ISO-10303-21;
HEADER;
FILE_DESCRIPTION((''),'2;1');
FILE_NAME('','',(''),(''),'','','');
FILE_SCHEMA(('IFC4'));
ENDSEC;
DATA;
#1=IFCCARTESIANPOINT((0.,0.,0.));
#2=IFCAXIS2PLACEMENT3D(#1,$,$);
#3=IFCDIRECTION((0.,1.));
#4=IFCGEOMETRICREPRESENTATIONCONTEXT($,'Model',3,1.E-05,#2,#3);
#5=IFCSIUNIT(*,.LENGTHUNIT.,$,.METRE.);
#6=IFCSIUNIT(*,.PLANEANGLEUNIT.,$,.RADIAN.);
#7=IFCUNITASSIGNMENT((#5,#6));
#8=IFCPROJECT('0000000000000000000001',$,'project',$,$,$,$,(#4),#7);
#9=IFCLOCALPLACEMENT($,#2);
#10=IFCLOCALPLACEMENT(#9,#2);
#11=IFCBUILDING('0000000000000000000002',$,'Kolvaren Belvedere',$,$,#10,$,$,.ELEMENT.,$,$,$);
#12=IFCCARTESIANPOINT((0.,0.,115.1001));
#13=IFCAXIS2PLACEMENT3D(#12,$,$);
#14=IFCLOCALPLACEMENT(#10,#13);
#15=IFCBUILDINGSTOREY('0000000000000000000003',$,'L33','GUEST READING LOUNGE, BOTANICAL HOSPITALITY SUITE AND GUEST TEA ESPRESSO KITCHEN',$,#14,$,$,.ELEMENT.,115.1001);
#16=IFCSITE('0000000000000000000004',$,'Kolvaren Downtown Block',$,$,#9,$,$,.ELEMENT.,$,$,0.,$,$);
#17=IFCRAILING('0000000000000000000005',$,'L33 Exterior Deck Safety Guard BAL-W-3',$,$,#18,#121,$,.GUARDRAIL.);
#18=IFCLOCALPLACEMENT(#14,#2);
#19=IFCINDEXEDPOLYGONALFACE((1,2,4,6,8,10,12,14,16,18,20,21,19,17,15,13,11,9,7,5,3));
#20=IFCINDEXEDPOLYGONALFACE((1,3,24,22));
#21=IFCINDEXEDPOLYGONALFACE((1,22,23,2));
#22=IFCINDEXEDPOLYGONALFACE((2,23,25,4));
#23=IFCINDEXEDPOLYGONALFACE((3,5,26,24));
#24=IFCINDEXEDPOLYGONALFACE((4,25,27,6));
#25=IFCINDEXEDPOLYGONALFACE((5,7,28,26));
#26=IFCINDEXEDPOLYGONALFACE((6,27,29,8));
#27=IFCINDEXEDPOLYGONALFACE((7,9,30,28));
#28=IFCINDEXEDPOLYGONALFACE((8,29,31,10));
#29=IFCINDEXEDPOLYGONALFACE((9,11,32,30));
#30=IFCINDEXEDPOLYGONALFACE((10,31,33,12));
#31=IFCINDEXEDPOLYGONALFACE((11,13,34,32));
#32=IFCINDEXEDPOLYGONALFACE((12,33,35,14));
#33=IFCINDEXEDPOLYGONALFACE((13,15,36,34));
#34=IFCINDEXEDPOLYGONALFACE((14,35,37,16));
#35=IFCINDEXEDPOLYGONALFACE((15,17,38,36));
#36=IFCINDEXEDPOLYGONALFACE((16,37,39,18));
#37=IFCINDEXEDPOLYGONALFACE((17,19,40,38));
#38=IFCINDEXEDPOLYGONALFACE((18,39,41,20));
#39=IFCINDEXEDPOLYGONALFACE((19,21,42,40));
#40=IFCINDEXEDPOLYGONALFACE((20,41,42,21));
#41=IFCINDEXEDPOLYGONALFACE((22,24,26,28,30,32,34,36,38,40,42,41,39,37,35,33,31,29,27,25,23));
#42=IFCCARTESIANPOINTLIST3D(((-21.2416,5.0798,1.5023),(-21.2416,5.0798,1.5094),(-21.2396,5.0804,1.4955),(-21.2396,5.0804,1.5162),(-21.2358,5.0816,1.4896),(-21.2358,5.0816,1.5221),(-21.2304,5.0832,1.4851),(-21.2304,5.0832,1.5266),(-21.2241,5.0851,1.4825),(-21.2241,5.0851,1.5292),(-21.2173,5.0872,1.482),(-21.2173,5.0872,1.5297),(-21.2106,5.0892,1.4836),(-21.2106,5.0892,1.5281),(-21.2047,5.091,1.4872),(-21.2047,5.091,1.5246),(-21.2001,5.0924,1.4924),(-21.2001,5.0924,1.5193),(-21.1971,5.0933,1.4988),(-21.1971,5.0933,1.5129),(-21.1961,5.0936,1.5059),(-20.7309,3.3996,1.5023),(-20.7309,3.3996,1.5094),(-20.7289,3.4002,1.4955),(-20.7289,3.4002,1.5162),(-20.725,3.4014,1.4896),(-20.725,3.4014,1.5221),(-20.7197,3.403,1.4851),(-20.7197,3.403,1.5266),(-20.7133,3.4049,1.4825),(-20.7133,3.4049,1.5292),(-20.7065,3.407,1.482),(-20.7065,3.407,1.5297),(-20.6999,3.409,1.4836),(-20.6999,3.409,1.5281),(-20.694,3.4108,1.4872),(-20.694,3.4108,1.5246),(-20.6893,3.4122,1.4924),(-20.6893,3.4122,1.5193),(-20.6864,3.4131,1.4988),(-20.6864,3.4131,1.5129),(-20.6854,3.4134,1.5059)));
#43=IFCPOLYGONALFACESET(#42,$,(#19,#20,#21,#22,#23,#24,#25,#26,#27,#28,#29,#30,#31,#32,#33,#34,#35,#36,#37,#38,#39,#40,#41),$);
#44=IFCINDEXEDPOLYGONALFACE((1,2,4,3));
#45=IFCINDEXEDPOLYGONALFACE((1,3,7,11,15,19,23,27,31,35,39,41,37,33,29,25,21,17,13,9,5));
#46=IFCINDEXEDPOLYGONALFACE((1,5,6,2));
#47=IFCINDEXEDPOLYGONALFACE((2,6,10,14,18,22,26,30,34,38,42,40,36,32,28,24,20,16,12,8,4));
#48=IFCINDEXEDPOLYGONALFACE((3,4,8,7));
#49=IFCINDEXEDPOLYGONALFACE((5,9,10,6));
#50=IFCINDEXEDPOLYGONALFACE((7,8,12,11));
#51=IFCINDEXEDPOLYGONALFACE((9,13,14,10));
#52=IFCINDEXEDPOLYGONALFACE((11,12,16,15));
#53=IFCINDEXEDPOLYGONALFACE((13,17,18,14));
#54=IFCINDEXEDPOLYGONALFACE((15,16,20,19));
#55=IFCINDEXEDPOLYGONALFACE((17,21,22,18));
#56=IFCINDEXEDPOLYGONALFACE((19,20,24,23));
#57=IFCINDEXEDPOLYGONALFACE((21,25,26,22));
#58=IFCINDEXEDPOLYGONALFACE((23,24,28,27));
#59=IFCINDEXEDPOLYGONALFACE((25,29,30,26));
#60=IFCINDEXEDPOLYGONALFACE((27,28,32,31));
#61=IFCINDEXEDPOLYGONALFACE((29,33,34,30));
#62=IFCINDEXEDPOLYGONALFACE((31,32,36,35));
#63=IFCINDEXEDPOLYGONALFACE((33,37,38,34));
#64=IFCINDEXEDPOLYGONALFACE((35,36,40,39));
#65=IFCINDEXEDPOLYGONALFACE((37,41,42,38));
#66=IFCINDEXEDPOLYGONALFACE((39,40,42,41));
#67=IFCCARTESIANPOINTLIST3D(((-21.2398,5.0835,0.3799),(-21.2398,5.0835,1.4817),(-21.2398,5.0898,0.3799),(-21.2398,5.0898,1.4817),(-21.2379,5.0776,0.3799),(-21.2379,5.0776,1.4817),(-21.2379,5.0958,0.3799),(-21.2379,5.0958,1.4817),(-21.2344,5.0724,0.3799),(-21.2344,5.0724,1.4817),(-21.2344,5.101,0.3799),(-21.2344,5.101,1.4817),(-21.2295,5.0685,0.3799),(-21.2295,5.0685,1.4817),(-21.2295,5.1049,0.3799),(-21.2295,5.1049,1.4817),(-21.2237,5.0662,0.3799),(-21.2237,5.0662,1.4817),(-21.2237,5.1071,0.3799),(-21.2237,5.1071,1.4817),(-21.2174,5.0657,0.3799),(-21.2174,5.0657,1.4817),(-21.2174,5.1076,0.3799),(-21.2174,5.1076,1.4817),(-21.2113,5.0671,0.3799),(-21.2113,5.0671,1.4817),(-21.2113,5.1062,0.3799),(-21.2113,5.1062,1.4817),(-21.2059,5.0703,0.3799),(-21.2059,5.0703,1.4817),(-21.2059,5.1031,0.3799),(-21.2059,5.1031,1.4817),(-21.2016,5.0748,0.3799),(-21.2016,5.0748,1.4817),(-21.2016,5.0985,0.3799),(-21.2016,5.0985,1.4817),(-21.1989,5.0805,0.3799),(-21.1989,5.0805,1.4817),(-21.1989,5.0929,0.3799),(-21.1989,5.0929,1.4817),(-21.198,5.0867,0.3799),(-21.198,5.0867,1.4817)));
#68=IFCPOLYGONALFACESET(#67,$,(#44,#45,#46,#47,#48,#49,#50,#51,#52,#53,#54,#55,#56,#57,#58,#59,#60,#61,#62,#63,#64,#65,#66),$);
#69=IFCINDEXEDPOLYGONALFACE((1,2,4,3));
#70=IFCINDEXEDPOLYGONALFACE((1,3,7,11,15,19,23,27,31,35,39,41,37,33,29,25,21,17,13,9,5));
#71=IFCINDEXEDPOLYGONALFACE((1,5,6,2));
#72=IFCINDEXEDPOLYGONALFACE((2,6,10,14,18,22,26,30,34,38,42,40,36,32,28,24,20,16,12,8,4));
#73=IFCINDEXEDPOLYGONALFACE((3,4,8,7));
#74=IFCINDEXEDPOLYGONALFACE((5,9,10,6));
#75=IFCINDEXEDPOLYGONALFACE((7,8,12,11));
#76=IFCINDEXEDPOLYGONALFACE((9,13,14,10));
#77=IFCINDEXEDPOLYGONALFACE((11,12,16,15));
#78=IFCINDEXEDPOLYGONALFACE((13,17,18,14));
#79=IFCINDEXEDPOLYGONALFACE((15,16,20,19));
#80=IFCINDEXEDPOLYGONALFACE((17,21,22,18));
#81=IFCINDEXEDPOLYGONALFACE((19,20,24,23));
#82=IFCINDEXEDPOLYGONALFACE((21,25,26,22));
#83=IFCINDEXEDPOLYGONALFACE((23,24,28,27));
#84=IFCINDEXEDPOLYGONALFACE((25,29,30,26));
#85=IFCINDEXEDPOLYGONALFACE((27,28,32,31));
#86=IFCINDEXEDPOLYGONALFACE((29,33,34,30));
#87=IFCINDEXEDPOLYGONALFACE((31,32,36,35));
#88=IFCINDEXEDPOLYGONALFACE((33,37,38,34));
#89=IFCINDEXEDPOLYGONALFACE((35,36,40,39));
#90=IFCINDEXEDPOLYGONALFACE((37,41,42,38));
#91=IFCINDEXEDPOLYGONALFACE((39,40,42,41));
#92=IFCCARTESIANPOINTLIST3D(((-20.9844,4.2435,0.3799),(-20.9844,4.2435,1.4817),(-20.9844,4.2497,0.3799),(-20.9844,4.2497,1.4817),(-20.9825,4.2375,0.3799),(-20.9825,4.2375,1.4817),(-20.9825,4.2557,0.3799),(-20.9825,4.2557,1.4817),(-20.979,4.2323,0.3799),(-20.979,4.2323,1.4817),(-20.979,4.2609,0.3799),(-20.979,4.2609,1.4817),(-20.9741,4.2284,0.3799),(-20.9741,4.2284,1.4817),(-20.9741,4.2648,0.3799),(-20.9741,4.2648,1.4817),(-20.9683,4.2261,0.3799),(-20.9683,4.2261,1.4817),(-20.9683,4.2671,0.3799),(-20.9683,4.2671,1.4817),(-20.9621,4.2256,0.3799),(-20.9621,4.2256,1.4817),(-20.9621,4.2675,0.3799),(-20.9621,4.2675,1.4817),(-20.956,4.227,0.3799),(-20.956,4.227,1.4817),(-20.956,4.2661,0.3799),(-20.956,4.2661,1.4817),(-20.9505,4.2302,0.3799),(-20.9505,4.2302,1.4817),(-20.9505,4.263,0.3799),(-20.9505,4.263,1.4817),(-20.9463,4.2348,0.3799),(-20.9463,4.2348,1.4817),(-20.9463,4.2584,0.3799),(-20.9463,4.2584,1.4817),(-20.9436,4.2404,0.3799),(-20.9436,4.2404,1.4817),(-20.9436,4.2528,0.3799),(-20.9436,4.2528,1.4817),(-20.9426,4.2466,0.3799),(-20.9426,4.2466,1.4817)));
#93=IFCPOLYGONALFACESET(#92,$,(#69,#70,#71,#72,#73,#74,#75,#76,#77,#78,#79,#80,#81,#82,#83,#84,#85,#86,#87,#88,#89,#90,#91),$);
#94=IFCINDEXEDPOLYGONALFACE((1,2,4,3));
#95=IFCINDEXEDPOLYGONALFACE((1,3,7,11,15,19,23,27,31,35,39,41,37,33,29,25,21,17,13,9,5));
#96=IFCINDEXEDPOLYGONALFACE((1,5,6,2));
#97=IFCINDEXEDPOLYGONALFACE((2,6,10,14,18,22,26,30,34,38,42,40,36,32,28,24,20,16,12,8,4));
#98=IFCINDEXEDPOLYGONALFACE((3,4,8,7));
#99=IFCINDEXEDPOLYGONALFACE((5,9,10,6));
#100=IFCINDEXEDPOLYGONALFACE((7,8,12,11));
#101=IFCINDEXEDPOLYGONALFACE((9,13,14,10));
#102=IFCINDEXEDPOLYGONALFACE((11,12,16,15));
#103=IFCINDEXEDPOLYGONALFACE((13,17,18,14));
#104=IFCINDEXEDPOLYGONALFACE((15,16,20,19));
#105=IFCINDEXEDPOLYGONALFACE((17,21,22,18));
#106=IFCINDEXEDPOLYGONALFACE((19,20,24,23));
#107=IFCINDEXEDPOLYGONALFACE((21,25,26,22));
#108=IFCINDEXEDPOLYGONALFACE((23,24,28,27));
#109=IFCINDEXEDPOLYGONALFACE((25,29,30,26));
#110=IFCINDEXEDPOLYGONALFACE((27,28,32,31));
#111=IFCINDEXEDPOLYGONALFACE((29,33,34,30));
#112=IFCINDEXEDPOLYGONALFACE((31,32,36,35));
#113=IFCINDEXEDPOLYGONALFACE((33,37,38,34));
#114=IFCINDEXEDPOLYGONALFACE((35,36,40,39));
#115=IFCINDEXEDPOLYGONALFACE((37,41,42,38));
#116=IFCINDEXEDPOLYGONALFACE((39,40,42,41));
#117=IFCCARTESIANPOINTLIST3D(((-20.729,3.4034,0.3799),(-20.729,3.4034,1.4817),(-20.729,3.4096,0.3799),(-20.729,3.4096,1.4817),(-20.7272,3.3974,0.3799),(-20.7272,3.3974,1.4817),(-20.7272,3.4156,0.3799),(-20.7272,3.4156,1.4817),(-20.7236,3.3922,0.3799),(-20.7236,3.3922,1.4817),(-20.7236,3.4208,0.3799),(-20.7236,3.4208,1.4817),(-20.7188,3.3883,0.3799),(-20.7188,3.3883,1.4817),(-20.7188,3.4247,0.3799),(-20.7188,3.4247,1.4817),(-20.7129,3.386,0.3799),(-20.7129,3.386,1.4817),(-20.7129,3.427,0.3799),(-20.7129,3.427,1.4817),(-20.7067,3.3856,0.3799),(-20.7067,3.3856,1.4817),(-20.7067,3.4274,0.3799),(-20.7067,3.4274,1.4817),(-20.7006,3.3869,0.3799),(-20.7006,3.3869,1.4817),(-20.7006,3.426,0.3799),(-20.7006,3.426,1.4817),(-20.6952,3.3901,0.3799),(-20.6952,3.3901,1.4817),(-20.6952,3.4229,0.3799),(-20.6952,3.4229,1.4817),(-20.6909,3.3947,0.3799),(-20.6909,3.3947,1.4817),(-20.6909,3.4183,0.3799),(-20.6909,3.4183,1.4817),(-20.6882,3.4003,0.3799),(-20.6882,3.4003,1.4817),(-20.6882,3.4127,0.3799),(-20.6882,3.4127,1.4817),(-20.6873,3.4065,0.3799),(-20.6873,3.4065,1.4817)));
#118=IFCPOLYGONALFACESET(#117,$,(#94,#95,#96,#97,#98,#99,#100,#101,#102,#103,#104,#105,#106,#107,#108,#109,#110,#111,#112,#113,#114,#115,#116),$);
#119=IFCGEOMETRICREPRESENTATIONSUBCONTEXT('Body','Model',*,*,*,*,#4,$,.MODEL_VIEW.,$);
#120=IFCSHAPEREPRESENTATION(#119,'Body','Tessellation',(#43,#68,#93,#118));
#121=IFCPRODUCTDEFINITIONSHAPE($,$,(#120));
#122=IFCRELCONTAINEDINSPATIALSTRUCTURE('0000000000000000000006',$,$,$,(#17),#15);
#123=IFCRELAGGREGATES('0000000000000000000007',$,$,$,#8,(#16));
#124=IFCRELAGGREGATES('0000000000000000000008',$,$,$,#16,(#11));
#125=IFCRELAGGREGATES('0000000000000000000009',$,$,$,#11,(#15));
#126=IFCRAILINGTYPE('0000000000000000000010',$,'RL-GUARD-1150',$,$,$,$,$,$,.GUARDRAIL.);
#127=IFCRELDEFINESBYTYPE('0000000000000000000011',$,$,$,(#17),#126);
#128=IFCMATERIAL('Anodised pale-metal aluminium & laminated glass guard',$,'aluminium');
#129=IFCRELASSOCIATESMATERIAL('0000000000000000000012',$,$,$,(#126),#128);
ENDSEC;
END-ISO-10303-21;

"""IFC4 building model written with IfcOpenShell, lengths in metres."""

from ifc_helpers import new_model, si_unit, direction, frame, origin, origin_2d, place, context, subcontext, project, spatial, circle, extrude, material, type_object, element, save


model = new_model("IFC4")

# Units and contexts
model_context = context("Model", 3, precision=1e-05, world=origin(), true_north=direction((0.0, 1.0)))
body_context = subcontext(model_context, "Body", "Model", "MODEL_VIEW")
ifc_project = project(units=[si_unit("LENGTHUNIT", "METRE"), si_unit("PLANEANGLEUNIT", "RADIAN")], contexts=[model_context])

# Site, building, storey
site_placement = place(None, origin())
site = spatial("IfcSite", under=ifc_project, at=site_placement, Name="Kolvaren Downtown Block", CompositionType="ELEMENT", RefElevation=0.0)
building_placement = place(site_placement, origin())
building = spatial("IfcBuilding", under=site, at=building_placement, Name="Kolvaren Belvedere", CompositionType="ELEMENT")
storey_placement = place(building_placement, frame((0.0, 0.0, 115.1001)))
storey = spatial("IfcBuildingStorey", under=building, at=storey_placement, Name="L33", Description="GUEST READING LOUNGE, BOTANICAL HOSPITALITY SUITE AND GUEST TEA ESPRESSO KITCHEN", CompositionType="ELEMENT", Elevation=115.1001)

# Railing
ifc_material_1 = material(Name="Anodised pale-metal aluminium & laminated glass guard", Category="aluminium")
railing_type = type_object("IfcRailingType", Name="RL-GUARD-1150", PredefinedType="GUARDRAIL", material=ifc_material_1)
railing_1_placement = place(storey_placement, frame((-21.219, 5.0867, 0.3799)))
element("IfcRailing", 1, at=railing_1_placement, inside=storey, type_object=railing_type, Name="L33 Exterior Deck Safety Guard BAL-W-3", PredefinedType="GUARDRAIL", context=body_context, shape_type="SweptSolid", body=[
    extrude(circle(Radius=0.0239, at=origin_2d()), frame((0.0, 0.0, 1.126), z_axis=(0.290841, -0.956771, 0.0), x_axis=(0.956771, 0.290841, 0.0)), (0.0, 0.0, 1.0), 1.7561),
    extrude(circle(Radius=0.021, at=origin_2d()), origin(), (0.0, 0.0, 1.0), 1.1018),
    extrude(circle(Radius=0.021, at=origin_2d()), frame((0.2554, -0.8401, 0.0)), (0.0, 0.0, 1.0), 1.1018),
    extrude(circle(Radius=0.021, at=origin_2d()), frame((0.5107, -1.6802, 0.0)), (0.0, 0.0, 1.0), 1.1018),
])

save(model, "model.ifc")
